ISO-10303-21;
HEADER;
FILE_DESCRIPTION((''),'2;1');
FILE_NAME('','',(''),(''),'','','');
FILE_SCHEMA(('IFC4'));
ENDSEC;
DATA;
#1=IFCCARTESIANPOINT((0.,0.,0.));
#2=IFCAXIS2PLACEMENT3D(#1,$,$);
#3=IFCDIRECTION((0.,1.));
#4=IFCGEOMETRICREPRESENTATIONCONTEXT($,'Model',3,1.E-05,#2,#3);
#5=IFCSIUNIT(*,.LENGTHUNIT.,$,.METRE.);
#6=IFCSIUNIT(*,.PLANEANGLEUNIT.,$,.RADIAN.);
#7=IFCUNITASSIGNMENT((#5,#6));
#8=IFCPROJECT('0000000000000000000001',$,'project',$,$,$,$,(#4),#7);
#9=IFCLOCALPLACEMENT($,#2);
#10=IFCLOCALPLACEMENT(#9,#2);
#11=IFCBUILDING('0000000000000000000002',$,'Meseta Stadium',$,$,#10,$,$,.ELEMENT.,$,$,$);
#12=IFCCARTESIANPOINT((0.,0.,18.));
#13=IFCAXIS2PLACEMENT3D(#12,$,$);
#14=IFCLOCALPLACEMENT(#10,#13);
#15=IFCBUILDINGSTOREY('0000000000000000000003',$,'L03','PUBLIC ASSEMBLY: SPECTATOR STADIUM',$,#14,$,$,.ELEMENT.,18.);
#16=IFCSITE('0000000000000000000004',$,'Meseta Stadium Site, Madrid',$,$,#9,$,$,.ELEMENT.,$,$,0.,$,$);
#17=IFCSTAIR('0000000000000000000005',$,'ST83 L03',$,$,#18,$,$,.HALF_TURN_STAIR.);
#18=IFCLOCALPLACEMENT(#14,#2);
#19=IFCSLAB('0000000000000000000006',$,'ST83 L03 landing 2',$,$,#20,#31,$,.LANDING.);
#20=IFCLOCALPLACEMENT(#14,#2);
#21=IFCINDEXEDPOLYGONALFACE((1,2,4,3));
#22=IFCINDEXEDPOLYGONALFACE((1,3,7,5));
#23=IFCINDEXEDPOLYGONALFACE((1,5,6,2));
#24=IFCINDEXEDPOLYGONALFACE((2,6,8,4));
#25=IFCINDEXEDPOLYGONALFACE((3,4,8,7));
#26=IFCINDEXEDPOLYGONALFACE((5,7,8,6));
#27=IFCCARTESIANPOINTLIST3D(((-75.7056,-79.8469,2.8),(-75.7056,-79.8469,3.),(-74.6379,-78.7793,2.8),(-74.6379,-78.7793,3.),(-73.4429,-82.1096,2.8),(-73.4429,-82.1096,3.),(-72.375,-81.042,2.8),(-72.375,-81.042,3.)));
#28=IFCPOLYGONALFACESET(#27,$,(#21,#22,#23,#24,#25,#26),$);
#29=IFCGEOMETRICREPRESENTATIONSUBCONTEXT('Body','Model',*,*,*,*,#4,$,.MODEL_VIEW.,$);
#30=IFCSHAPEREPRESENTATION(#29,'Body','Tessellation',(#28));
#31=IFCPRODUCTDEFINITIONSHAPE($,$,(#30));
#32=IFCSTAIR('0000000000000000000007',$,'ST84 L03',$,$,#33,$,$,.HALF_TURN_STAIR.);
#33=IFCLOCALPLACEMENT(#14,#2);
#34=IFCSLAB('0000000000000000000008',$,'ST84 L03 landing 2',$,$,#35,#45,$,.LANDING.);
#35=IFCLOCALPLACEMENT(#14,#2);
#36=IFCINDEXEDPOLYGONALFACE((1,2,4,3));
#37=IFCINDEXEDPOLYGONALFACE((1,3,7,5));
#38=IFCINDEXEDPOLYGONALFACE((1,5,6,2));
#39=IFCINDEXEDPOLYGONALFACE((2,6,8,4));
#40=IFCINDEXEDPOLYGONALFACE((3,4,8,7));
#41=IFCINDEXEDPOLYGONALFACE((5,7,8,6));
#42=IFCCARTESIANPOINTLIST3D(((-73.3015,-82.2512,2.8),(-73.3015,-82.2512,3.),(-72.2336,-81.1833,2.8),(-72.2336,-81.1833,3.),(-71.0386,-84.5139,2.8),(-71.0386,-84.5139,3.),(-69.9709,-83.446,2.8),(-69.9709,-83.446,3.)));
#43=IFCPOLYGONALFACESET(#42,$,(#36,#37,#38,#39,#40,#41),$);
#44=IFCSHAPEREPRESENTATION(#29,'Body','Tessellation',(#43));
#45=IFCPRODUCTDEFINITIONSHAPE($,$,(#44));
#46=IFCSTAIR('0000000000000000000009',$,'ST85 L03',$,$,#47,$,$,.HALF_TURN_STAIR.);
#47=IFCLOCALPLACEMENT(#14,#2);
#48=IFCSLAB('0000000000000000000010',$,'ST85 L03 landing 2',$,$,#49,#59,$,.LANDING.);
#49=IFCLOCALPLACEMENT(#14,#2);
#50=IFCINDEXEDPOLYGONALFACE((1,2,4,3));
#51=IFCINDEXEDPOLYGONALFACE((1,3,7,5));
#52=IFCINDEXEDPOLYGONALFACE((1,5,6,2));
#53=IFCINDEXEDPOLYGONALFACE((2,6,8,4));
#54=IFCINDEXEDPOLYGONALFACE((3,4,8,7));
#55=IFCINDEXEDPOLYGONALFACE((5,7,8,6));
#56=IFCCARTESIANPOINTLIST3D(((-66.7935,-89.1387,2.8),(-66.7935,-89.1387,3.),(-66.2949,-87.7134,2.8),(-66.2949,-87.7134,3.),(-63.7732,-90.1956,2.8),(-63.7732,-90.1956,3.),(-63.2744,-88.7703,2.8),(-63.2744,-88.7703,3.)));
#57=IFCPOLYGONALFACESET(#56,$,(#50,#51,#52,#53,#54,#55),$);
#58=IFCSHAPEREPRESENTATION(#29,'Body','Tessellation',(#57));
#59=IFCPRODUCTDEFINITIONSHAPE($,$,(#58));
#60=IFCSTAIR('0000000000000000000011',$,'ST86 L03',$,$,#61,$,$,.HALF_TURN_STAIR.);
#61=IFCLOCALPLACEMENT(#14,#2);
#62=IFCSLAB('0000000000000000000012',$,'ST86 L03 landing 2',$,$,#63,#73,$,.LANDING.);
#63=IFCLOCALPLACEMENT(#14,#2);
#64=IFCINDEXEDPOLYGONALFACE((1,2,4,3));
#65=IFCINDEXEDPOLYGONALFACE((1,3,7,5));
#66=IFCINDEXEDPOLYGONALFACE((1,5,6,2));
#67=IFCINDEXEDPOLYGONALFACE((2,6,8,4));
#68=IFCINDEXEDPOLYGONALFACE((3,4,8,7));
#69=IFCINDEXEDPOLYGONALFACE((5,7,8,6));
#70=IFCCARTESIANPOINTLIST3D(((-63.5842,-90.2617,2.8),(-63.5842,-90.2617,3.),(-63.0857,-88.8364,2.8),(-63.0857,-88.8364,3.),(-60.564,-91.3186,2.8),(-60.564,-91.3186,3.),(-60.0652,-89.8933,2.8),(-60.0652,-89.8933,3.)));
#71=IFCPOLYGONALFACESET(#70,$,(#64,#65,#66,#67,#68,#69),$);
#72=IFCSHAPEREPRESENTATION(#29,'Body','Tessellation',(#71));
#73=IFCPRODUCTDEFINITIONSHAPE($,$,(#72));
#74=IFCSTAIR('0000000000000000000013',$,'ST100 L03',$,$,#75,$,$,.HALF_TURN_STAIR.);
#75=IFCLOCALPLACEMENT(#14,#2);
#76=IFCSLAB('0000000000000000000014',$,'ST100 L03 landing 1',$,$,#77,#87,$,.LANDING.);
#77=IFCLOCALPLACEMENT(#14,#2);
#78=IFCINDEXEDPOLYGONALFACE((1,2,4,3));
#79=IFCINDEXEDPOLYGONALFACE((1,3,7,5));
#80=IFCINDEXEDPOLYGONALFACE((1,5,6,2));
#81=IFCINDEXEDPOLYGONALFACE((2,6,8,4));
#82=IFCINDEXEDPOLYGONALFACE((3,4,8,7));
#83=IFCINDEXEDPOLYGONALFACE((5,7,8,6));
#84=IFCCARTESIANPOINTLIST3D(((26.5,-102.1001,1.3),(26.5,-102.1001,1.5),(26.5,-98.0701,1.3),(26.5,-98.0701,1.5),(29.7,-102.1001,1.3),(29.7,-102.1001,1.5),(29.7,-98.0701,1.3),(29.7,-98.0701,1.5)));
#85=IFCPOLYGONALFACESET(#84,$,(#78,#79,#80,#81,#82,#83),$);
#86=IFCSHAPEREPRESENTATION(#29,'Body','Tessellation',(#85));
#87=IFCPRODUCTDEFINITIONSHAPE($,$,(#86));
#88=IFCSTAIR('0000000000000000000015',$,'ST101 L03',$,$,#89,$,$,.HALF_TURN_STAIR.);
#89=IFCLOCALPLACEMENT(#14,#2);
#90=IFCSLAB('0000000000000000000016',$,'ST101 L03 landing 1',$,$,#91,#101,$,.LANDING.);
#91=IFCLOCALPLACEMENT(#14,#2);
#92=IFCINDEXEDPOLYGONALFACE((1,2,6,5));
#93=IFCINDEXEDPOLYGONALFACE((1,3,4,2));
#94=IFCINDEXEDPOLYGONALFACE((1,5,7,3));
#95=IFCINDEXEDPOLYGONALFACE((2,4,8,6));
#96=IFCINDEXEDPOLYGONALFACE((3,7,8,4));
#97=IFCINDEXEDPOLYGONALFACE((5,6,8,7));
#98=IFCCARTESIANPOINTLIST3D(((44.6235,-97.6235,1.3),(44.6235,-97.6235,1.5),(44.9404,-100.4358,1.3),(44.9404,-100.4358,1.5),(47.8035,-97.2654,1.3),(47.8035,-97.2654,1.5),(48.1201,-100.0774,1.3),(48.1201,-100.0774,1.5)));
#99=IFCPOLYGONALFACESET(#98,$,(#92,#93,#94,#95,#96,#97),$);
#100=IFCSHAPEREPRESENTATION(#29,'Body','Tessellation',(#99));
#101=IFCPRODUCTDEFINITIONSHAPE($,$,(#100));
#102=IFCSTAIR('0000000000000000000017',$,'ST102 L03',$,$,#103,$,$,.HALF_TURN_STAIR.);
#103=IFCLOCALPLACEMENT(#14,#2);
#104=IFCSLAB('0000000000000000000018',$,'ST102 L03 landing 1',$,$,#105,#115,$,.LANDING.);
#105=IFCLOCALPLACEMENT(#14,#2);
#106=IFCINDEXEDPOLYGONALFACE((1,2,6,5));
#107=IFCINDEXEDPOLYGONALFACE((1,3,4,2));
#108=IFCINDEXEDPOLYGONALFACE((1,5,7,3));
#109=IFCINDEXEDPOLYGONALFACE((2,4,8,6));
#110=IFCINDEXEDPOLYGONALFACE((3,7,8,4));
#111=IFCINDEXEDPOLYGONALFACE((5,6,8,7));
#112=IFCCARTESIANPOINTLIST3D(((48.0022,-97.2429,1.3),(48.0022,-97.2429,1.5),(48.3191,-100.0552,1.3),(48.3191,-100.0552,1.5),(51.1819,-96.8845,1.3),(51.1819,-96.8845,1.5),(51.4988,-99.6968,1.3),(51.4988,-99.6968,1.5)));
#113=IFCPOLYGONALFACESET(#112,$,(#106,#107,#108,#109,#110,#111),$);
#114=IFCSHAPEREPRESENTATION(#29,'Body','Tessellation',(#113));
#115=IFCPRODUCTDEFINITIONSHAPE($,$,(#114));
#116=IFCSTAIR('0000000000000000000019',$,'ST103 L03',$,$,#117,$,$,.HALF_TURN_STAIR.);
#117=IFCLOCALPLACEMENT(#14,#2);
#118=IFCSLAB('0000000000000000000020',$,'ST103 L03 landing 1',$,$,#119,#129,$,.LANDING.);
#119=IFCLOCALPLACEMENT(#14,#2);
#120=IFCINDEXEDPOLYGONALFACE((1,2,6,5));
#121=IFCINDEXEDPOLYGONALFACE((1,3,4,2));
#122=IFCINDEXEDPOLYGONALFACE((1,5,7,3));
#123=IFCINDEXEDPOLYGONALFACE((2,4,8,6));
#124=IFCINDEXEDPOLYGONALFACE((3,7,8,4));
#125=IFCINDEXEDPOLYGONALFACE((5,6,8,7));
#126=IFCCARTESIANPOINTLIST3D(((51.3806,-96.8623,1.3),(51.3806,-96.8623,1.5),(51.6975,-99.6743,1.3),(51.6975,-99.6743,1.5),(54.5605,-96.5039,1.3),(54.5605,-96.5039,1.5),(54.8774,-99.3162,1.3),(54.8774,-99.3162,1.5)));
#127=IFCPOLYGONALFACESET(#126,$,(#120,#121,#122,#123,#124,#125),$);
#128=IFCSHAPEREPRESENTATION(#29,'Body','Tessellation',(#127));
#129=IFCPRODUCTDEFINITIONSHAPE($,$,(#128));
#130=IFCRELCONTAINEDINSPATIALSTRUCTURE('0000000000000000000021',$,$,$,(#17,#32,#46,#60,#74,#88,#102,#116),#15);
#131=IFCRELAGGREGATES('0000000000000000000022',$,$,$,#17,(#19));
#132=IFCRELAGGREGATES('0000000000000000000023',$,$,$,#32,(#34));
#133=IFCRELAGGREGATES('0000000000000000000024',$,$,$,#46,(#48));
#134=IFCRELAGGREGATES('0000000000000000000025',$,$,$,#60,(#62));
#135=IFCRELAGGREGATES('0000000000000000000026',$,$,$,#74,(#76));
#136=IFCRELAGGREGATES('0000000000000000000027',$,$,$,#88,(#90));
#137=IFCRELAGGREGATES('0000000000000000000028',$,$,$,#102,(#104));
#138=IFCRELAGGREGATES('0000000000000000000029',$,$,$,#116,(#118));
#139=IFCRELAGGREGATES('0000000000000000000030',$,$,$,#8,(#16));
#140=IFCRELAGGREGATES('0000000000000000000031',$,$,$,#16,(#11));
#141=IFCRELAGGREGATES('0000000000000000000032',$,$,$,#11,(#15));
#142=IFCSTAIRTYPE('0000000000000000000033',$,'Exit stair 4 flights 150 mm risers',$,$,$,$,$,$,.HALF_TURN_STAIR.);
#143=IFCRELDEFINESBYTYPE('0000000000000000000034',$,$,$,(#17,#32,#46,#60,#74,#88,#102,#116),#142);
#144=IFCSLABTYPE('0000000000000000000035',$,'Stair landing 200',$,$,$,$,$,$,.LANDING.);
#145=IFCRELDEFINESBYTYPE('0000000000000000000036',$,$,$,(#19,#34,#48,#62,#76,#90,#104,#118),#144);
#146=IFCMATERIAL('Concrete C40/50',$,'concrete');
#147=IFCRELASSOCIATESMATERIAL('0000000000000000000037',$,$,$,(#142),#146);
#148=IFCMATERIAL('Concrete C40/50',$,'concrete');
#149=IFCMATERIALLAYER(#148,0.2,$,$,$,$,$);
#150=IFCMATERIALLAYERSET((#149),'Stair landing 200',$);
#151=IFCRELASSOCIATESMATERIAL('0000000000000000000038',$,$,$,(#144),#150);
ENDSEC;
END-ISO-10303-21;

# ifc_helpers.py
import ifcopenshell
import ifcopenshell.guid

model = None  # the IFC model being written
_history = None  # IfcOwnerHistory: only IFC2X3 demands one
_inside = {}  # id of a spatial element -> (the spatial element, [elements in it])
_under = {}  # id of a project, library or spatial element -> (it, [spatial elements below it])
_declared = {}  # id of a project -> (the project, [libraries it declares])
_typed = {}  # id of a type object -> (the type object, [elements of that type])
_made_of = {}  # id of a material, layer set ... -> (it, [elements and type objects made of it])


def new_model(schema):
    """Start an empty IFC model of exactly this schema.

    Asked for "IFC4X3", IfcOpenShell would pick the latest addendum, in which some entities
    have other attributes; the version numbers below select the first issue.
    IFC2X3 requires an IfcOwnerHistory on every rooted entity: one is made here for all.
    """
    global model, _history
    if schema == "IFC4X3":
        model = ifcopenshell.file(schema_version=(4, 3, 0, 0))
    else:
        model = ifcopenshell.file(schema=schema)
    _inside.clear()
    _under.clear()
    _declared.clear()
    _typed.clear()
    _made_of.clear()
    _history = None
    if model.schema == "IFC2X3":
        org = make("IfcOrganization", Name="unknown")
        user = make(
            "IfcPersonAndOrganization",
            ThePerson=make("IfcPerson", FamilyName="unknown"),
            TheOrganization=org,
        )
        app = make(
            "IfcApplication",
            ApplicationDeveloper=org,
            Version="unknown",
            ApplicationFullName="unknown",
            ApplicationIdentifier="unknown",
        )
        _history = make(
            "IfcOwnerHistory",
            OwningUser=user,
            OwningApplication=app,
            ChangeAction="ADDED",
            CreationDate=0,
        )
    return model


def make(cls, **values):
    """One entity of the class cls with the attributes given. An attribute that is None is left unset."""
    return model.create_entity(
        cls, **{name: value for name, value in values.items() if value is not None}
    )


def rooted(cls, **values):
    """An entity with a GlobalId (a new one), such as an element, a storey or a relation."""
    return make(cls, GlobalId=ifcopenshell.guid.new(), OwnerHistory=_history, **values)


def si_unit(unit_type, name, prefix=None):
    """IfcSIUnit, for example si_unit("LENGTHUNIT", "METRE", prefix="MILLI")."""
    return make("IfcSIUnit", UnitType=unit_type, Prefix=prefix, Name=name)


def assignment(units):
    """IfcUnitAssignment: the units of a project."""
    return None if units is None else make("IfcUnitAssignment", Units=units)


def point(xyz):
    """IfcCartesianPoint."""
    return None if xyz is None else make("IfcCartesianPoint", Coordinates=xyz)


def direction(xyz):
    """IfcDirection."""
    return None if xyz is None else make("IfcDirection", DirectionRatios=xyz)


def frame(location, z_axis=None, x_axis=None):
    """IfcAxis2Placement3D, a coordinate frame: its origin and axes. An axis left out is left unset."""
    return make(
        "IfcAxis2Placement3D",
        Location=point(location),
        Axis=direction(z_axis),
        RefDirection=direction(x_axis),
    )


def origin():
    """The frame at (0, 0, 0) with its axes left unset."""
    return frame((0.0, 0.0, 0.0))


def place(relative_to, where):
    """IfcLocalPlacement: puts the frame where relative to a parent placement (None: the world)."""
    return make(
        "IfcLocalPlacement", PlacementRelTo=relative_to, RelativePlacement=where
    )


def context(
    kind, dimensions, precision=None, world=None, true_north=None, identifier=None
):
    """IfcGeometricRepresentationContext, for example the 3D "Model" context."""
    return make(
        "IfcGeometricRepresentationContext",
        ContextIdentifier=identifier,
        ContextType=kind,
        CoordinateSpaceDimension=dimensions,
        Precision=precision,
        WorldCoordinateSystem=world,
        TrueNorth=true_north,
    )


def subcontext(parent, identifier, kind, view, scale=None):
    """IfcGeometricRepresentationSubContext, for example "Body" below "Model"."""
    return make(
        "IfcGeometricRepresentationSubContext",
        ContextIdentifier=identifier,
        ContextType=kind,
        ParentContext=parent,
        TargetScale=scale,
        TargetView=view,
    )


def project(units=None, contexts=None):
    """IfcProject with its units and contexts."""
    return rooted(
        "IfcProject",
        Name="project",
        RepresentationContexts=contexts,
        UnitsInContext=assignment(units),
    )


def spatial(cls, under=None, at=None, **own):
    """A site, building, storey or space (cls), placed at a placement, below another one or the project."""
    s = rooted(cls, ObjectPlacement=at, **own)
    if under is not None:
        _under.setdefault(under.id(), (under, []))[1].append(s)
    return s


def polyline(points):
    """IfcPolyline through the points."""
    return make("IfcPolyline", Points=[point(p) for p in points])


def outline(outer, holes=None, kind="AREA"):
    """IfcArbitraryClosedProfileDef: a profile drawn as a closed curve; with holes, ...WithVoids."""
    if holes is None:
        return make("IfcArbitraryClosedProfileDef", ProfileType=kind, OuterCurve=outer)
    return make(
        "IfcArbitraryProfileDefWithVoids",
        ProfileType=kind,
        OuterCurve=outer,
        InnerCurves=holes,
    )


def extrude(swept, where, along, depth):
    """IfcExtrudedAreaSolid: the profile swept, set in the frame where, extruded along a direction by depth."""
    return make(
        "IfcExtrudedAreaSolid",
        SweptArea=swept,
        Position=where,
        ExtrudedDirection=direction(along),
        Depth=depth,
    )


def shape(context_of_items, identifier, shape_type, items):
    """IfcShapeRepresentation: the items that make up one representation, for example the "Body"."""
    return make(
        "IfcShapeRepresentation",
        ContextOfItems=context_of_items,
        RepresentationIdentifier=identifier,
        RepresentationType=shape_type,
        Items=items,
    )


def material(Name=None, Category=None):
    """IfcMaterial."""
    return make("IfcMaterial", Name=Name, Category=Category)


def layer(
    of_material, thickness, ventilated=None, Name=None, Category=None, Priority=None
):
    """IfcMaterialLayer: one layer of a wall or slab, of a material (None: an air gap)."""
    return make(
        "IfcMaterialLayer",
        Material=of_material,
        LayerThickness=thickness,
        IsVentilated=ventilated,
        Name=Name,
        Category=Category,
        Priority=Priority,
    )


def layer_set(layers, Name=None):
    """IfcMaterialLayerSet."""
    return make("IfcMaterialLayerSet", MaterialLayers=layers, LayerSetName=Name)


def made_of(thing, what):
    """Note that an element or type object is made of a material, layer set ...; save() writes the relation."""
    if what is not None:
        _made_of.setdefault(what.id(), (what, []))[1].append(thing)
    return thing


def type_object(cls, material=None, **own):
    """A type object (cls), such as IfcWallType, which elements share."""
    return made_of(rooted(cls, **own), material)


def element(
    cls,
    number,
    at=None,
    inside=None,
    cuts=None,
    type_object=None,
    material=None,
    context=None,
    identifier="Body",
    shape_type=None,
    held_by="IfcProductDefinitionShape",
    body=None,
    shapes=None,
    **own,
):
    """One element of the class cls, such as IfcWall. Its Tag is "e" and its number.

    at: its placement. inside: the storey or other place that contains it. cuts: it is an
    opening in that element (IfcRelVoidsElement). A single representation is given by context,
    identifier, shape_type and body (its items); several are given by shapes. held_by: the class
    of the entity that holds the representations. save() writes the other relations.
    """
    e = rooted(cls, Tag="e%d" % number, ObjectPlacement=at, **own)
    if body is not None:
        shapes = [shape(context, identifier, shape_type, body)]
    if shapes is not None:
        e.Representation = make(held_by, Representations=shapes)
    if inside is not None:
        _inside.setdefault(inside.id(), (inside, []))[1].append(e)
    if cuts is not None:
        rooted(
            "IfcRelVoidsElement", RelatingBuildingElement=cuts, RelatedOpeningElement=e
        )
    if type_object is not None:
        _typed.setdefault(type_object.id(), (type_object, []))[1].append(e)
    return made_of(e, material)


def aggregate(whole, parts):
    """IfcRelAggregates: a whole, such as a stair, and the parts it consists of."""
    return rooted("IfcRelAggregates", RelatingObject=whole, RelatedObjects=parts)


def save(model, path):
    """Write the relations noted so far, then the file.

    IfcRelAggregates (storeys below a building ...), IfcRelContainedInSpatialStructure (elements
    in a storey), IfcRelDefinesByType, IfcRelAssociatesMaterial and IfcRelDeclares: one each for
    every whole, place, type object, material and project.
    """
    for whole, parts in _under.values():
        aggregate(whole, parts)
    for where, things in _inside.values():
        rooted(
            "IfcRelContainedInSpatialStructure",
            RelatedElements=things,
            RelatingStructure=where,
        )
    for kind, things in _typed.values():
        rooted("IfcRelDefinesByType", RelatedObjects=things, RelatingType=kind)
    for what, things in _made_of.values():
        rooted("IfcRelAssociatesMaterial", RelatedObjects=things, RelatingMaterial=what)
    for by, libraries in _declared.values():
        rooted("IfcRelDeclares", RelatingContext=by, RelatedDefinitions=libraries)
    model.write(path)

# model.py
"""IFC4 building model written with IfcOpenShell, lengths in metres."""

from ifc_helpers import new_model, si_unit, direction, frame, origin, place, context, subcontext, project, spatial, polyline, outline, extrude, material, layer, layer_set, type_object, element, aggregate, save


model = new_model("IFC4")

# Units and contexts
model_context = context("Model", 3, precision=1e-05, world=origin(), true_north=direction((0.0, 1.0)))
body_context = subcontext(model_context, "Body", "Model", "MODEL_VIEW")
ifc_project = project(units=[si_unit("LENGTHUNIT", "METRE"), si_unit("PLANEANGLEUNIT", "RADIAN")], contexts=[model_context])

# Site, building, storey
site_placement = place(None, origin())
site = spatial("IfcSite", under=ifc_project, at=site_placement, Name="Meseta Stadium Site, Madrid", CompositionType="ELEMENT", RefElevation=0.0)
building_placement = place(site_placement, origin())
building = spatial("IfcBuilding", under=site, at=building_placement, Name="Meseta Stadium", CompositionType="ELEMENT")
storey_placement = place(building_placement, frame((0.0, 0.0, 18.0)))
storey = spatial("IfcBuildingStorey", under=building, at=storey_placement, Name="L03", Description="PUBLIC ASSEMBLY: SPECTATOR STADIUM", CompositionType="ELEMENT", Elevation=18.0)

# Stairs, slabs
ifc_material_1 = material(Name="Concrete C40/50", Category="concrete")
stair_type = type_object("IfcStairType", Name="Exit stair 4 flights 150 mm risers", PredefinedType="HALF_TURN_STAIR", material=ifc_material_1)
ifc_material_2 = material(Name="Concrete C40/50", Category="concrete")
ifc_layer = layer(ifc_material_2, 0.2)
ifc_layer_set = layer_set([ifc_layer], Name="Stair landing 200")
slab_type = type_object("IfcSlabType", Name="Stair landing 200", PredefinedType="LANDING", material=ifc_layer_set)
stair_1_placement = place(storey_placement, origin())
stair_1 = element("IfcStair", 1, at=stair_1_placement, inside=storey, type_object=stair_type, Name="ST83 L03", PredefinedType="HALF_TURN_STAIR")
slab_1_placement = place(storey_placement, frame((0.0, 0.0, 2.8)))
slab_1 = element("IfcSlab", 2, at=slab_1_placement, type_object=slab_type, Name="ST83 L03 landing 2", PredefinedType="LANDING", context=body_context, shape_type="SweptSolid", body=[
    extrude(outline(polyline([(-74.6379, -78.7793), (-75.7056, -79.8469), (-73.4429, -82.1096), (-72.375, -81.042), (-74.6379, -78.7793)])), origin(), (0.0, 0.0, 1.0), 0.2),
])
aggregate(stair_1, [slab_1])
stair_2_placement = place(storey_placement, origin())
stair_2 = element("IfcStair", 3, at=stair_2_placement, inside=storey, type_object=stair_type, Name="ST84 L03", PredefinedType="HALF_TURN_STAIR")
slab_2_placement = place(storey_placement, frame((0.0, 0.0, 2.8)))
slab_2 = element("IfcSlab", 4, at=slab_2_placement, type_object=slab_type, Name="ST84 L03 landing 2", PredefinedType="LANDING", context=body_context, shape_type="SweptSolid", body=[
    extrude(outline(polyline([(-72.2336, -81.1833), (-73.3015, -82.2512), (-71.0386, -84.5139), (-69.9709, -83.446), (-72.2336, -81.1833)])), origin(), (0.0, 0.0, 1.0), 0.2),
])
aggregate(stair_2, [slab_2])
stair_3_placement = place(storey_placement, origin())
stair_3 = element("IfcStair", 5, at=stair_3_placement, inside=storey, type_object=stair_type, Name="ST85 L03", PredefinedType="HALF_TURN_STAIR")
slab_3_placement = place(storey_placement, frame((0.0, 0.0, 2.8)))
slab_3 = element("IfcSlab", 6, at=slab_3_placement, type_object=slab_type, Name="ST85 L03 landing 2", PredefinedType="LANDING", context=body_context, shape_type="SweptSolid", body=[
    extrude(outline(polyline([(-66.2949, -87.7134), (-66.7935, -89.1387), (-63.7732, -90.1956), (-63.2744, -88.7703), (-66.2949, -87.7134)])), origin(), (0.0, 0.0, 1.0), 0.2),
])
aggregate(stair_3, [slab_3])
stair_4_placement = place(storey_placement, origin())
stair_4 = element("IfcStair", 7, at=stair_4_placement, inside=storey, type_object=stair_type, Name="ST86 L03", PredefinedType="HALF_TURN_STAIR")
slab_4_placement = place(storey_placement, frame((0.0, 0.0, 2.8)))
slab_4 = element("IfcSlab", 8, at=slab_4_placement, type_object=slab_type, Name="ST86 L03 landing 2", PredefinedType="LANDING", context=body_context, shape_type="SweptSolid", body=[
    extrude(outline(polyline([(-63.0857, -88.8364), (-63.5842, -90.2617), (-60.564, -91.3186), (-60.0652, -89.8933), (-63.0857, -88.8364)])), origin(), (0.0, 0.0, 1.0), 0.2),
])
aggregate(stair_4, [slab_4])
stair_5_placement = place(storey_placement, origin())
stair_5 = element("IfcStair", 9, at=stair_5_placement, inside=storey, type_object=stair_type, Name="ST100 L03", PredefinedType="HALF_TURN_STAIR")
slab_5_placement = place(storey_placement, frame((0.0, 0.0, 1.3)))
slab_5 = element("IfcSlab", 10, at=slab_5_placement, type_object=slab_type, Name="ST100 L03 landing 1", PredefinedType="LANDING", context=body_context, shape_type="SweptSolid", body=[
    extrude(outline(polyline([(26.5, -98.0701), (26.5, -102.1001), (29.7, -102.1001), (29.7, -98.0701), (26.5, -98.0701)])), origin(), (0.0, 0.0, 1.0), 0.2),
])
aggregate(stair_5, [slab_5])
stair_6_placement = place(storey_placement, origin())
stair_6 = element("IfcStair", 11, at=stair_6_placement, inside=storey, type_object=stair_type, Name="ST101 L03", PredefinedType="HALF_TURN_STAIR")
slab_6_placement = place(storey_placement, frame((0.0, 0.0, 1.3)))
slab_6 = element("IfcSlab", 12, at=slab_6_placement, type_object=slab_type, Name="ST101 L03 landing 1", PredefinedType="LANDING", context=body_context, shape_type="SweptSolid", body=[
    extrude(outline(polyline([(44.6235, -97.6235), (44.9404, -100.4358), (48.1201, -100.0774), (47.8035, -97.2654), (44.6235, -97.6235)])), origin(), (0.0, 0.0, 1.0), 0.2),
])
aggregate(stair_6, [slab_6])
stair_7_placement = place(storey_placement, origin())
stair_7 = element("IfcStair", 13, at=stair_7_placement, inside=storey, type_object=stair_type, Name="ST102 L03", PredefinedType="HALF_TURN_STAIR")
slab_7_placement = place(storey_placement, frame((0.0, 0.0, 1.3)))
slab_7 = element("IfcSlab", 14, at=slab_7_placement, type_object=slab_type, Name="ST102 L03 landing 1", PredefinedType="LANDING", context=body_context, shape_type="SweptSolid", body=[
    extrude(outline(polyline([(48.0022, -97.2429), (48.3191, -100.0552), (51.4988, -99.6968), (51.1819, -96.8845), (48.0022, -97.2429)])), origin(), (0.0, 0.0, 1.0), 0.2),
])
aggregate(stair_7, [slab_7])
stair_8_placement = place(storey_placement, origin())
stair_8 = element("IfcStair", 15, at=stair_8_placement, inside=storey, type_object=stair_type, Name="ST103 L03", PredefinedType="HALF_TURN_STAIR")
slab_8_placement = place(storey_placement, frame((0.0, 0.0, 1.3)))
slab_8 = element("IfcSlab", 16, at=slab_8_placement, type_object=slab_type, Name="ST103 L03 landing 1", PredefinedType="LANDING", context=body_context, shape_type="SweptSolid", body=[
    extrude(outline(polyline([(51.3806, -96.8623), (51.6975, -99.6743), (54.8774, -99.3162), (54.5605, -96.5039), (51.3806, -96.8623)])), origin(), (0.0, 0.0, 1.0), 0.2),
])
aggregate(stair_8, [slab_8])

save(model, "model.ifc")
